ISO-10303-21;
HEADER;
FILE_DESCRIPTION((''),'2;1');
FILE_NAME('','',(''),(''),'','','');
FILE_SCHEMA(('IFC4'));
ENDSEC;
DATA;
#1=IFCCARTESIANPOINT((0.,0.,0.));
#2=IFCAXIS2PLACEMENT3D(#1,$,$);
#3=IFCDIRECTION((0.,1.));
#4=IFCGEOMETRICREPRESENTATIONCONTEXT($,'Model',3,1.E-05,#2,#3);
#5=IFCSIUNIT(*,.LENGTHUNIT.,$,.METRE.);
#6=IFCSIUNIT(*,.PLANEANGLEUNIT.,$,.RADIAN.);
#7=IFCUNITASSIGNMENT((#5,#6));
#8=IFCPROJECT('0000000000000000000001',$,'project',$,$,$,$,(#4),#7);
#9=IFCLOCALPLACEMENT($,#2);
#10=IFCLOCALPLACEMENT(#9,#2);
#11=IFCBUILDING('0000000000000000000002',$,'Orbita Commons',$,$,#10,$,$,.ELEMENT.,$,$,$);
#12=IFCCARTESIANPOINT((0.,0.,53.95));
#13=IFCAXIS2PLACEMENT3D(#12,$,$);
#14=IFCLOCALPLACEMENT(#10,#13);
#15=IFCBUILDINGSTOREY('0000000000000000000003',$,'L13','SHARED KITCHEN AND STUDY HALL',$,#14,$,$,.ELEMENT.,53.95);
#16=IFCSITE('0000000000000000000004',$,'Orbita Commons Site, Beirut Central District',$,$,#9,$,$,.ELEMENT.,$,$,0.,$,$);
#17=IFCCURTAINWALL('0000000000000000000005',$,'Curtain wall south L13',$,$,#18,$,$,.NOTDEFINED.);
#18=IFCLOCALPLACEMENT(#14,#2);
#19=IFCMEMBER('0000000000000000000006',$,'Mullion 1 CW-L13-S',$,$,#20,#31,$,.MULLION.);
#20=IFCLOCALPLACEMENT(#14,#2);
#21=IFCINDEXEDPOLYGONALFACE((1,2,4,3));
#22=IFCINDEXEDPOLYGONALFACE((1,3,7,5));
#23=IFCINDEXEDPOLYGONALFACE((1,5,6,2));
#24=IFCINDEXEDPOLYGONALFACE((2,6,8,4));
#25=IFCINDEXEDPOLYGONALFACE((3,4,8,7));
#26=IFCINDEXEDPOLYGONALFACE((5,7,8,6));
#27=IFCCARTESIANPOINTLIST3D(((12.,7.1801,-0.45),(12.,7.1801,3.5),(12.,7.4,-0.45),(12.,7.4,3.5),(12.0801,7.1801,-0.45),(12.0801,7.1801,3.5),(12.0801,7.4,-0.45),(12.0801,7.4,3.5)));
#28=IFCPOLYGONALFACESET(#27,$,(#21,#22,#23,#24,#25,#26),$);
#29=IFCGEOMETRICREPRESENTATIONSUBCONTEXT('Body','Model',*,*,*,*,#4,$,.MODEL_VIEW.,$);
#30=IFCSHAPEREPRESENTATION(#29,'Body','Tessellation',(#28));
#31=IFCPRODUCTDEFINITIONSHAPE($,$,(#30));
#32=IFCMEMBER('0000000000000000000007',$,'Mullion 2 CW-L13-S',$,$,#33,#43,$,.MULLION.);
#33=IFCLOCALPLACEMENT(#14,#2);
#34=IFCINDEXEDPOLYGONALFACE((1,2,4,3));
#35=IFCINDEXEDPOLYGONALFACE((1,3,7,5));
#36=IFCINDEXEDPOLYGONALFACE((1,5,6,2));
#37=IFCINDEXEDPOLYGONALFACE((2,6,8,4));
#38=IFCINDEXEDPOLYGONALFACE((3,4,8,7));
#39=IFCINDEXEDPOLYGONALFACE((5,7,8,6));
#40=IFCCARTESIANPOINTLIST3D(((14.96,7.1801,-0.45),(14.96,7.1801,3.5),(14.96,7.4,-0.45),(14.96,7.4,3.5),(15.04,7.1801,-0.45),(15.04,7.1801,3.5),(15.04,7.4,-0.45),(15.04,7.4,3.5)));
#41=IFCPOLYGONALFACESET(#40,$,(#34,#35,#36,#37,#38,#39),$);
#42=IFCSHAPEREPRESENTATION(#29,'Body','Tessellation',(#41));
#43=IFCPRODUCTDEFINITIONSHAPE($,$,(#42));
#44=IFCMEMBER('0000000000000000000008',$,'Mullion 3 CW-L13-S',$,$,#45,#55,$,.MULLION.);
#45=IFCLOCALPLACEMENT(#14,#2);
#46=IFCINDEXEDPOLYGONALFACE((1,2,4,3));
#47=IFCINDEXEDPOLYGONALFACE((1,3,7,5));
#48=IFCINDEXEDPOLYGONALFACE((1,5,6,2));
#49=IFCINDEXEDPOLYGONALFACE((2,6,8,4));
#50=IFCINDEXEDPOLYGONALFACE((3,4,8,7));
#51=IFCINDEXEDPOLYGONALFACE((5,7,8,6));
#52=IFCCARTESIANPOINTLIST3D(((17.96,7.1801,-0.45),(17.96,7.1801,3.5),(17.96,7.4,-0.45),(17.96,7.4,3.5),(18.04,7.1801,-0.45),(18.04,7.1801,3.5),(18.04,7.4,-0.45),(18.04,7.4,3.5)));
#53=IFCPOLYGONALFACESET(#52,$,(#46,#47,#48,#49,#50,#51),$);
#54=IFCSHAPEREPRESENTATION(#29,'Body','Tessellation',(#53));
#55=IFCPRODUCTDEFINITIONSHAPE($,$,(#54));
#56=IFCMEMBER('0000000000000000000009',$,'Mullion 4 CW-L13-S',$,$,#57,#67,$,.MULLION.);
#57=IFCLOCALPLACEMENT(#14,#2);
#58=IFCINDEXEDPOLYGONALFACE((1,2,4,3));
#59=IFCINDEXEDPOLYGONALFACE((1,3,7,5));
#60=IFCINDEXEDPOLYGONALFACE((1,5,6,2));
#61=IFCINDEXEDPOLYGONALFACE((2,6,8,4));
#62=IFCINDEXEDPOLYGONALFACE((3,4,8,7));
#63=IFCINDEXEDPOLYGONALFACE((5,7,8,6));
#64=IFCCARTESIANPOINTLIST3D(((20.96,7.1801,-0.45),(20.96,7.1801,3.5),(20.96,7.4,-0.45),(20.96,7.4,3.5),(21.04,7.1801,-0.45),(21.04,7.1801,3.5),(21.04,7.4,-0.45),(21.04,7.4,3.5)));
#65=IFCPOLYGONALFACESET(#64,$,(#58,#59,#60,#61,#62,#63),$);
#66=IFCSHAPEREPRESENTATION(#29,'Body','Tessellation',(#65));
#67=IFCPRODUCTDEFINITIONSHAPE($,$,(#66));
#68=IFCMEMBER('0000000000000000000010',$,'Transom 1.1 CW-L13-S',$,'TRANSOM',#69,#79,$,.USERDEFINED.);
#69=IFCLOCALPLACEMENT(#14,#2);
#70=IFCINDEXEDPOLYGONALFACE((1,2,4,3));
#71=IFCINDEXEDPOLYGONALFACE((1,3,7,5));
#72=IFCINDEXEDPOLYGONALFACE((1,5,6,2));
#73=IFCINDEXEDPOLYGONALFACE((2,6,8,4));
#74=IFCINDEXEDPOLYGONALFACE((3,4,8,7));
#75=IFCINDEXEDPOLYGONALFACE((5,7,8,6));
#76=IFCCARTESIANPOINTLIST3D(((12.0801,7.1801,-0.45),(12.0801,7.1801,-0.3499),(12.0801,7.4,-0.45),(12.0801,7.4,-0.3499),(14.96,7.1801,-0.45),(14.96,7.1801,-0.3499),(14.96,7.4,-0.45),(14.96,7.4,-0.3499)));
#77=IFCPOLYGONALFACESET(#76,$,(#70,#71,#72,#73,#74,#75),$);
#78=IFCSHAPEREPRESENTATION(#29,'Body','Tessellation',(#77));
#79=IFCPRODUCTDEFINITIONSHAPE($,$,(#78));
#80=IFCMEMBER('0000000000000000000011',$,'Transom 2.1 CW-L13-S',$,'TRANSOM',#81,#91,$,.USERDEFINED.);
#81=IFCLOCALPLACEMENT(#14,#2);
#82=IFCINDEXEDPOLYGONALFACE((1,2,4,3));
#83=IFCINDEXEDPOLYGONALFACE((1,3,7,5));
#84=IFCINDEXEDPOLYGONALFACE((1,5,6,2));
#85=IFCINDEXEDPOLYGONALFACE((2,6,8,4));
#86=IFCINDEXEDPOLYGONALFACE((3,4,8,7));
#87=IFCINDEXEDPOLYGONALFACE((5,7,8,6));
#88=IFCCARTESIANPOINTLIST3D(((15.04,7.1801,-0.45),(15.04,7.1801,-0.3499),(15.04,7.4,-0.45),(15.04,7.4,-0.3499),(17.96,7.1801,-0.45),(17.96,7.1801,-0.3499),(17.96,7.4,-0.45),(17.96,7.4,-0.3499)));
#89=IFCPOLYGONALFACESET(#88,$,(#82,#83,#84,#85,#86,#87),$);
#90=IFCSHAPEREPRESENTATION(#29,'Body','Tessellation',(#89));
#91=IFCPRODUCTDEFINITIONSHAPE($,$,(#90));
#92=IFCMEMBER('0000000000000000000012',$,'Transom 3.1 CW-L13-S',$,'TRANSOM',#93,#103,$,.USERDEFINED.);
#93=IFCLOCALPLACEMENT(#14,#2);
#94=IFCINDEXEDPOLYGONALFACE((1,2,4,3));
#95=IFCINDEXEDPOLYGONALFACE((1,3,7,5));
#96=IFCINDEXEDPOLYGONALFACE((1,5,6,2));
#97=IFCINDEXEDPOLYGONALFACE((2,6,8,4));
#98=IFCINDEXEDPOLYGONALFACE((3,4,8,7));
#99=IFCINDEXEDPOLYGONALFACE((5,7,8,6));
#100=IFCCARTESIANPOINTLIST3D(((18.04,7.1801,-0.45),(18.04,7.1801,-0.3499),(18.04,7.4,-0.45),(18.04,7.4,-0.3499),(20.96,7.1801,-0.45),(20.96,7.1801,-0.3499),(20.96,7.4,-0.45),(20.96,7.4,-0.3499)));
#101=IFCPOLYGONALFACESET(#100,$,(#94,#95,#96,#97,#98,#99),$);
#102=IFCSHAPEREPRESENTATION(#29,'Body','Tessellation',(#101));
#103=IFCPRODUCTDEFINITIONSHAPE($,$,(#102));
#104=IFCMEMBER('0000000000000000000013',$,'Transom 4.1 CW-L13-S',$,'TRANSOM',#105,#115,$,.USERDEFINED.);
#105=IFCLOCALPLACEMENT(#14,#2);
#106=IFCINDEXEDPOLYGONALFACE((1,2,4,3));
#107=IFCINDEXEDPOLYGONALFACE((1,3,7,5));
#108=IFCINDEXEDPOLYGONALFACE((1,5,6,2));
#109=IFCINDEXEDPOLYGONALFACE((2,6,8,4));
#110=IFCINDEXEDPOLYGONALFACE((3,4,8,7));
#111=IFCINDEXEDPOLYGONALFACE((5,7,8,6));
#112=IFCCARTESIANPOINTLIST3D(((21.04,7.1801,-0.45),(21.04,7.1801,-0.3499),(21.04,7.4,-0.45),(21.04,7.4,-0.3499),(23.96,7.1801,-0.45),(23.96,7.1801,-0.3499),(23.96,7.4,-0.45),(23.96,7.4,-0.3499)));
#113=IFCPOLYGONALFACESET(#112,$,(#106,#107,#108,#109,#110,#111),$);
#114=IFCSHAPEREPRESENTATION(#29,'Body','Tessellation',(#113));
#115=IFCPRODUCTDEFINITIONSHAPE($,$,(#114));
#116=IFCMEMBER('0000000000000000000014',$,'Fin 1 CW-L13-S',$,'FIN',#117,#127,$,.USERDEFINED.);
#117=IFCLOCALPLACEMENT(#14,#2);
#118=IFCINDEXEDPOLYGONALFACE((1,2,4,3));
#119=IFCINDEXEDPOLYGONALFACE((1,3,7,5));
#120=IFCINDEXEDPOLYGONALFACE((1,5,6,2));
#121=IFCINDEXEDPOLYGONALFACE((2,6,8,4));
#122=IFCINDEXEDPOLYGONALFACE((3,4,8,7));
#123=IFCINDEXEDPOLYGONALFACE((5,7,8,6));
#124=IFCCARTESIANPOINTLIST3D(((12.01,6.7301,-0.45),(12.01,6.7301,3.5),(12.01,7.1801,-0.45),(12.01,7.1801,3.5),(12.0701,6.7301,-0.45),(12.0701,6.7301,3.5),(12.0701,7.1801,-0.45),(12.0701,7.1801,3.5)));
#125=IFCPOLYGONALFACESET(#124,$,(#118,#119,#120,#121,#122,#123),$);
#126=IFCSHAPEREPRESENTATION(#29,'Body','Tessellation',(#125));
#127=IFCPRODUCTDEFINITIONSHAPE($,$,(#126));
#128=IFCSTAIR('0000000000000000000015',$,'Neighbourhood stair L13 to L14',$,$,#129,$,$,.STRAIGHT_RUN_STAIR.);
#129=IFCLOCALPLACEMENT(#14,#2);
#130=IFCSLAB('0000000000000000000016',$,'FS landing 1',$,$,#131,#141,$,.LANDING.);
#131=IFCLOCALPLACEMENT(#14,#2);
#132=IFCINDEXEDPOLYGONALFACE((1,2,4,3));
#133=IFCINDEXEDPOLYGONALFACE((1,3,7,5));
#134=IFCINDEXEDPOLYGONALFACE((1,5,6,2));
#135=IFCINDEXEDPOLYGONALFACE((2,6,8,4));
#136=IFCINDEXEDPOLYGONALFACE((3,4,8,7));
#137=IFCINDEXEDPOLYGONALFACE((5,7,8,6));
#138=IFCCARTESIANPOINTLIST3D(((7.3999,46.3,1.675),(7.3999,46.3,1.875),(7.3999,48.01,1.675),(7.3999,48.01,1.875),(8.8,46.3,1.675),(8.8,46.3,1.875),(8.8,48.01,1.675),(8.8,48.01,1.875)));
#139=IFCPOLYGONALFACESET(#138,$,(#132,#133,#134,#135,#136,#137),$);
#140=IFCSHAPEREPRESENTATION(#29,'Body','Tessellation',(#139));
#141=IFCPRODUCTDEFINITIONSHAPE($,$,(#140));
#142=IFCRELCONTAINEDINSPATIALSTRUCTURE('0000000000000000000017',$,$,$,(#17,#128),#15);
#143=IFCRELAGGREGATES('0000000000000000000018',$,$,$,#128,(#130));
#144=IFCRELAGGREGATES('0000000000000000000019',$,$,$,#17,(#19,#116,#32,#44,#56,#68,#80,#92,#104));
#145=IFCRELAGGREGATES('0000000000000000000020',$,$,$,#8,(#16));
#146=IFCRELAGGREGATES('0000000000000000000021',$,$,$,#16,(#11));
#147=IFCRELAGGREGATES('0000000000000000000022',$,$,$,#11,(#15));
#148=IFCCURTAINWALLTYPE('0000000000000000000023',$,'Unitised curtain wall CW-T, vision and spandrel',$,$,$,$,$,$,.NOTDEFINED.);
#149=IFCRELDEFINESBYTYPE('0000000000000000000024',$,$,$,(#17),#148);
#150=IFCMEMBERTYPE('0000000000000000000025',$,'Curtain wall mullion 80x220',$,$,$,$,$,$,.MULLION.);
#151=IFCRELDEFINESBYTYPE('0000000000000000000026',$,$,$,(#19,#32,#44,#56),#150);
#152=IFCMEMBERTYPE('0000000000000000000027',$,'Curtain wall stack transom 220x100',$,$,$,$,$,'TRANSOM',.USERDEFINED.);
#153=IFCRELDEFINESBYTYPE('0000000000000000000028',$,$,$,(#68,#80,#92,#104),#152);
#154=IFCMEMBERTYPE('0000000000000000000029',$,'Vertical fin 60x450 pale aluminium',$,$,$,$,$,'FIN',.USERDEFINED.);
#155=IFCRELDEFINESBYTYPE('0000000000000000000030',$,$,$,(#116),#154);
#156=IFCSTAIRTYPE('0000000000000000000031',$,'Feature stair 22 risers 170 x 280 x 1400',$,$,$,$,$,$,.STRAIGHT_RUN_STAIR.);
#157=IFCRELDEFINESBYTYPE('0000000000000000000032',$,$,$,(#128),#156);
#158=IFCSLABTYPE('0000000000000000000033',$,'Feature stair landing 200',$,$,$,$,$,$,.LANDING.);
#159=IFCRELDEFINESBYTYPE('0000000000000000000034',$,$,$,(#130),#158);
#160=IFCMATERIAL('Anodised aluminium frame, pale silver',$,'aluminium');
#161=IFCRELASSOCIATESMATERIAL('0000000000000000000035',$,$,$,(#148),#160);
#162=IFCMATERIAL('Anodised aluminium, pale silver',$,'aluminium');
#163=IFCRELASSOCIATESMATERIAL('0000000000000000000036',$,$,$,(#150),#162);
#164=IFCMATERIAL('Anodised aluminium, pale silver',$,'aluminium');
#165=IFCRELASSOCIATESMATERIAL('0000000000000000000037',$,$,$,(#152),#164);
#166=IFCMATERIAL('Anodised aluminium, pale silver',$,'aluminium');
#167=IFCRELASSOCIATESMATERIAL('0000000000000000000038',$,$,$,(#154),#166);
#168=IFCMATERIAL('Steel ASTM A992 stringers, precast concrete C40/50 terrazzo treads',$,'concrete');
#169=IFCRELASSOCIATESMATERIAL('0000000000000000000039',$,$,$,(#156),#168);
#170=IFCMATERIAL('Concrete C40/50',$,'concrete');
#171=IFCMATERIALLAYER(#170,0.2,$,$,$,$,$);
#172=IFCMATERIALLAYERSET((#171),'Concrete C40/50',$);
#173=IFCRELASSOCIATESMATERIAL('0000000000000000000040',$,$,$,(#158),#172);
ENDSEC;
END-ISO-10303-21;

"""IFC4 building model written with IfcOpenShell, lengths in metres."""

from ifc_helpers import new_model, si_unit, direction, frame, origin, origin_2d, place, context, subcontext, project, spatial, polyline, rectangle, outline, extrude, material, layer, layer_set, material_profile, profile_set, type_object, element, aggregate, save


model = new_model("IFC4")

# Units and contexts
model_context = context("Model", 3, precision=1e-05, world=origin(), true_north=direction((0.0, 1.0)))
body_context = subcontext(model_context, "Body", "Model", "MODEL_VIEW")
ifc_project = project(units=[si_unit("LENGTHUNIT", "METRE"), si_unit("PLANEANGLEUNIT", "RADIAN")], contexts=[model_context])

# Site, building, storey
site_placement = place(None, origin())
site = spatial("IfcSite", under=ifc_project, at=site_placement, Name="Orbita Commons Site, Beirut Central District", CompositionType="ELEMENT", RefElevation=0.0)
building_placement = place(site_placement, origin())
building = spatial("IfcBuilding", under=site, at=building_placement, Name="Orbita Commons", CompositionType="ELEMENT")
storey_placement = place(building_placement, frame((0.0, 0.0, 53.95)))
storey = spatial("IfcBuildingStorey", under=building, at=storey_placement, Name="L13", Description="SHARED KITCHEN AND STUDY HALL", CompositionType="ELEMENT", Elevation=53.95)

# Curtain wall, members
ifc_material_1 = material(Name="Anodised aluminium frame, pale silver", Category="aluminium")
curtain_wall_type = type_object("IfcCurtainWallType", Name="Unitised curtain wall CW-T, vision and spandrel", PredefinedType="NOTDEFINED", material=ifc_material_1)
curtain_wall_placement = place(storey_placement, origin())
curtain_wall = element("IfcCurtainWall", 1, at=curtain_wall_placement, inside=storey, type_object=curtain_wall_type, Name="Curtain wall south L13", PredefinedType="NOTDEFINED")
ifc_material_2 = material(Name="Anodised aluminium, pale silver", Category="aluminium")
ifc_material_profile_1 = material_profile(ifc_material_2, rectangle(XDim=0.0801, YDim=0.22, at=origin_2d()), Name="AL 80x220")
ifc_profile_set_1 = profile_set([ifc_material_profile_1], Name="Anodised aluminium, pale silver")
member_type_1 = type_object("IfcMemberType", Name="Curtain wall mullion 80x220", PredefinedType="MULLION", material=ifc_profile_set_1)
member_1_placement = place(storey_placement, frame((12.04, 7.29, -0.45), z_axis=(0.0, 0.0, 1.0), x_axis=(1.0, 0.0, 0.0)))
member_1 = element("IfcMember", 2, at=member_1_placement, type_object=member_type_1, Name="Mullion 1 CW-L13-S", PredefinedType="MULLION", context=body_context, shape_type="SweptSolid", body=[
    extrude(rectangle(XDim=0.0801, YDim=0.22, at=origin_2d()), origin(), (0.0, 0.0, 1.0), 3.95),
])
member_2_placement = place(storey_placement, frame((15.0, 7.29, -0.45), z_axis=(0.0, 0.0, 1.0), x_axis=(1.0, 0.0, 0.0)))
member_2 = element("IfcMember", 3, at=member_2_placement, type_object=member_type_1, Name="Mullion 2 CW-L13-S", PredefinedType="MULLION", context=body_context, shape_type="SweptSolid", body=[
    extrude(rectangle(XDim=0.0801, YDim=0.22, at=origin_2d()), origin(), (0.0, 0.0, 1.0), 3.95),
])
member_3_placement = place(storey_placement, frame((18.0, 7.29, -0.45), z_axis=(0.0, 0.0, 1.0), x_axis=(1.0, 0.0, 0.0)))
member_3 = element("IfcMember", 4, at=member_3_placement, type_object=member_type_1, Name="Mullion 3 CW-L13-S", PredefinedType="MULLION", context=body_context, shape_type="SweptSolid", body=[
    extrude(rectangle(XDim=0.0801, YDim=0.22, at=origin_2d()), origin(), (0.0, 0.0, 1.0), 3.95),
])
member_4_placement = place(storey_placement, frame((21.0, 7.29, -0.45), z_axis=(0.0, 0.0, 1.0), x_axis=(1.0, 0.0, 0.0)))
member_4 = element("IfcMember", 5, at=member_4_placement, type_object=member_type_1, Name="Mullion 4 CW-L13-S", PredefinedType="MULLION", context=body_context, shape_type="SweptSolid", body=[
    extrude(rectangle(XDim=0.0801, YDim=0.22, at=origin_2d()), origin(), (0.0, 0.0, 1.0), 3.95),
])
ifc_material_3 = material(Name="Anodised aluminium, pale silver", Category="aluminium")
ifc_material_profile_2 = material_profile(ifc_material_3, rectangle(XDim=0.22, YDim=0.1001, at=origin_2d()), Name="AL 220x100")
ifc_profile_set_2 = profile_set([ifc_material_profile_2], Name="Anodised aluminium, pale silver")
member_type_2 = type_object("IfcMemberType", Name="Curtain wall stack transom 220x100", ElementType="TRANSOM", PredefinedType="USERDEFINED", material=ifc_profile_set_2)
member_5_placement = place(storey_placement, frame((12.0801, 7.29, -0.3999), z_axis=(1.0, 0.0, 0.0), x_axis=(0.0, 1.0, 0.0)))
member_5 = element("IfcMember", 6, at=member_5_placement, type_object=member_type_2, Name="Transom 1.1 CW-L13-S", ObjectType="TRANSOM", PredefinedType="USERDEFINED", context=body_context, shape_type="SweptSolid", body=[
    extrude(rectangle(XDim=0.22, YDim=0.1001, at=origin_2d()), origin(), (0.0, 0.0, 1.0), 2.8799),
])
member_6_placement = place(storey_placement, frame((15.04, 7.29, -0.3999), z_axis=(1.0, 0.0, 0.0), x_axis=(0.0, 1.0, 0.0)))
member_6 = element("IfcMember", 7, at=member_6_placement, type_object=member_type_2, Name="Transom 2.1 CW-L13-S", ObjectType="TRANSOM", PredefinedType="USERDEFINED", context=body_context, shape_type="SweptSolid", body=[
    extrude(rectangle(XDim=0.22, YDim=0.1001, at=origin_2d()), origin(), (0.0, 0.0, 1.0), 2.9199),
])
member_7_placement = place(storey_placement, frame((18.04, 7.29, -0.3999), z_axis=(1.0, 0.0, 0.0), x_axis=(0.0, 1.0, 0.0)))
member_7 = element("IfcMember", 8, at=member_7_placement, type_object=member_type_2, Name="Transom 3.1 CW-L13-S", ObjectType="TRANSOM", PredefinedType="USERDEFINED", context=body_context, shape_type="SweptSolid", body=[
    extrude(rectangle(XDim=0.22, YDim=0.1001, at=origin_2d()), origin(), (0.0, 0.0, 1.0), 2.9199),
])
member_8_placement = place(storey_placement, frame((21.04, 7.29, -0.3999), z_axis=(1.0, 0.0, 0.0), x_axis=(0.0, 1.0, 0.0)))
member_8 = element("IfcMember", 9, at=member_8_placement, type_object=member_type_2, Name="Transom 4.1 CW-L13-S", ObjectType="TRANSOM", PredefinedType="USERDEFINED", context=body_context, shape_type="SweptSolid", body=[
    extrude(rectangle(XDim=0.22, YDim=0.1001, at=origin_2d()), origin(), (0.0, 0.0, 1.0), 2.9199),
])
ifc_material_4 = material(Name="Anodised aluminium, pale silver", Category="aluminium")
ifc_material_profile_3 = material_profile(ifc_material_4, rectangle(XDim=0.0601, YDim=0.45, at=origin_2d()), Name="FIN 60x450")
ifc_profile_set_3 = profile_set([ifc_material_profile_3], Name="Anodised aluminium, pale silver")
member_type_3 = type_object("IfcMemberType", Name="Vertical fin 60x450 pale aluminium", ElementType="FIN", PredefinedType="USERDEFINED", material=ifc_profile_set_3)
member_9_placement = place(storey_placement, frame((12.04, 6.9551, -0.45), z_axis=(0.0, 0.0, 1.0), x_axis=(1.0, 0.0, 0.0)))
member_9 = element("IfcMember", 10, at=member_9_placement, type_object=member_type_3, Name="Fin 1 CW-L13-S", ObjectType="FIN", PredefinedType="USERDEFINED", context=body_context, shape_type="SweptSolid", body=[
    extrude(rectangle(XDim=0.0601, YDim=0.45, at=origin_2d()), origin(), (0.0, 0.0, 1.0), 3.95),
])

# Stair, slab
ifc_material_5 = material(Name="Steel ASTM A992 stringers, precast concrete C40/50 terrazzo treads", Category="concrete")
stair_type_1 = type_object("IfcStairType", Name="Feature stair 22 risers 170 x 280 x 1400", PredefinedType="STRAIGHT_RUN_STAIR", material=ifc_material_5)
stair_1_placement = place(storey_placement, origin())
stair_1 = element("IfcStair", 11, at=stair_1_placement, inside=storey, type_object=stair_type_1, Name="Neighbourhood stair L13 to L14", PredefinedType="STRAIGHT_RUN_STAIR")
ifc_material_6 = material(Name="Concrete C40/50", Category="concrete")
ifc_layer_1 = layer(ifc_material_6, 0.2)
ifc_layer_set_1 = layer_set([ifc_layer_1], Name="Concrete C40/50")
slab_type_1 = type_object("IfcSlabType", Name="Feature stair landing 200", PredefinedType="LANDING", material=ifc_layer_set_1)
slab_1_placement = place(storey_placement, frame((0.0, 0.0, 1.675)))
slab_1 = element("IfcSlab", 12, at=slab_1_placement, type_object=slab_type_1, Name="FS landing 1", PredefinedType="LANDING", context=body_context, shape_type="SweptSolid", body=[
    extrude(outline(polyline([(7.3999, 46.3), (8.8, 46.3), (8.8, 48.01), (7.3999, 48.01), (7.3999, 46.3)])), origin(), (0.0, 0.0, 1.0), 0.2),
])
aggregate(stair_1, [slab_1])

aggregate(curtain_wall, [member_1, member_9, member_2, member_3, member_4, member_5, member_6, member_7, member_8])

save(model, "model.ifc")
